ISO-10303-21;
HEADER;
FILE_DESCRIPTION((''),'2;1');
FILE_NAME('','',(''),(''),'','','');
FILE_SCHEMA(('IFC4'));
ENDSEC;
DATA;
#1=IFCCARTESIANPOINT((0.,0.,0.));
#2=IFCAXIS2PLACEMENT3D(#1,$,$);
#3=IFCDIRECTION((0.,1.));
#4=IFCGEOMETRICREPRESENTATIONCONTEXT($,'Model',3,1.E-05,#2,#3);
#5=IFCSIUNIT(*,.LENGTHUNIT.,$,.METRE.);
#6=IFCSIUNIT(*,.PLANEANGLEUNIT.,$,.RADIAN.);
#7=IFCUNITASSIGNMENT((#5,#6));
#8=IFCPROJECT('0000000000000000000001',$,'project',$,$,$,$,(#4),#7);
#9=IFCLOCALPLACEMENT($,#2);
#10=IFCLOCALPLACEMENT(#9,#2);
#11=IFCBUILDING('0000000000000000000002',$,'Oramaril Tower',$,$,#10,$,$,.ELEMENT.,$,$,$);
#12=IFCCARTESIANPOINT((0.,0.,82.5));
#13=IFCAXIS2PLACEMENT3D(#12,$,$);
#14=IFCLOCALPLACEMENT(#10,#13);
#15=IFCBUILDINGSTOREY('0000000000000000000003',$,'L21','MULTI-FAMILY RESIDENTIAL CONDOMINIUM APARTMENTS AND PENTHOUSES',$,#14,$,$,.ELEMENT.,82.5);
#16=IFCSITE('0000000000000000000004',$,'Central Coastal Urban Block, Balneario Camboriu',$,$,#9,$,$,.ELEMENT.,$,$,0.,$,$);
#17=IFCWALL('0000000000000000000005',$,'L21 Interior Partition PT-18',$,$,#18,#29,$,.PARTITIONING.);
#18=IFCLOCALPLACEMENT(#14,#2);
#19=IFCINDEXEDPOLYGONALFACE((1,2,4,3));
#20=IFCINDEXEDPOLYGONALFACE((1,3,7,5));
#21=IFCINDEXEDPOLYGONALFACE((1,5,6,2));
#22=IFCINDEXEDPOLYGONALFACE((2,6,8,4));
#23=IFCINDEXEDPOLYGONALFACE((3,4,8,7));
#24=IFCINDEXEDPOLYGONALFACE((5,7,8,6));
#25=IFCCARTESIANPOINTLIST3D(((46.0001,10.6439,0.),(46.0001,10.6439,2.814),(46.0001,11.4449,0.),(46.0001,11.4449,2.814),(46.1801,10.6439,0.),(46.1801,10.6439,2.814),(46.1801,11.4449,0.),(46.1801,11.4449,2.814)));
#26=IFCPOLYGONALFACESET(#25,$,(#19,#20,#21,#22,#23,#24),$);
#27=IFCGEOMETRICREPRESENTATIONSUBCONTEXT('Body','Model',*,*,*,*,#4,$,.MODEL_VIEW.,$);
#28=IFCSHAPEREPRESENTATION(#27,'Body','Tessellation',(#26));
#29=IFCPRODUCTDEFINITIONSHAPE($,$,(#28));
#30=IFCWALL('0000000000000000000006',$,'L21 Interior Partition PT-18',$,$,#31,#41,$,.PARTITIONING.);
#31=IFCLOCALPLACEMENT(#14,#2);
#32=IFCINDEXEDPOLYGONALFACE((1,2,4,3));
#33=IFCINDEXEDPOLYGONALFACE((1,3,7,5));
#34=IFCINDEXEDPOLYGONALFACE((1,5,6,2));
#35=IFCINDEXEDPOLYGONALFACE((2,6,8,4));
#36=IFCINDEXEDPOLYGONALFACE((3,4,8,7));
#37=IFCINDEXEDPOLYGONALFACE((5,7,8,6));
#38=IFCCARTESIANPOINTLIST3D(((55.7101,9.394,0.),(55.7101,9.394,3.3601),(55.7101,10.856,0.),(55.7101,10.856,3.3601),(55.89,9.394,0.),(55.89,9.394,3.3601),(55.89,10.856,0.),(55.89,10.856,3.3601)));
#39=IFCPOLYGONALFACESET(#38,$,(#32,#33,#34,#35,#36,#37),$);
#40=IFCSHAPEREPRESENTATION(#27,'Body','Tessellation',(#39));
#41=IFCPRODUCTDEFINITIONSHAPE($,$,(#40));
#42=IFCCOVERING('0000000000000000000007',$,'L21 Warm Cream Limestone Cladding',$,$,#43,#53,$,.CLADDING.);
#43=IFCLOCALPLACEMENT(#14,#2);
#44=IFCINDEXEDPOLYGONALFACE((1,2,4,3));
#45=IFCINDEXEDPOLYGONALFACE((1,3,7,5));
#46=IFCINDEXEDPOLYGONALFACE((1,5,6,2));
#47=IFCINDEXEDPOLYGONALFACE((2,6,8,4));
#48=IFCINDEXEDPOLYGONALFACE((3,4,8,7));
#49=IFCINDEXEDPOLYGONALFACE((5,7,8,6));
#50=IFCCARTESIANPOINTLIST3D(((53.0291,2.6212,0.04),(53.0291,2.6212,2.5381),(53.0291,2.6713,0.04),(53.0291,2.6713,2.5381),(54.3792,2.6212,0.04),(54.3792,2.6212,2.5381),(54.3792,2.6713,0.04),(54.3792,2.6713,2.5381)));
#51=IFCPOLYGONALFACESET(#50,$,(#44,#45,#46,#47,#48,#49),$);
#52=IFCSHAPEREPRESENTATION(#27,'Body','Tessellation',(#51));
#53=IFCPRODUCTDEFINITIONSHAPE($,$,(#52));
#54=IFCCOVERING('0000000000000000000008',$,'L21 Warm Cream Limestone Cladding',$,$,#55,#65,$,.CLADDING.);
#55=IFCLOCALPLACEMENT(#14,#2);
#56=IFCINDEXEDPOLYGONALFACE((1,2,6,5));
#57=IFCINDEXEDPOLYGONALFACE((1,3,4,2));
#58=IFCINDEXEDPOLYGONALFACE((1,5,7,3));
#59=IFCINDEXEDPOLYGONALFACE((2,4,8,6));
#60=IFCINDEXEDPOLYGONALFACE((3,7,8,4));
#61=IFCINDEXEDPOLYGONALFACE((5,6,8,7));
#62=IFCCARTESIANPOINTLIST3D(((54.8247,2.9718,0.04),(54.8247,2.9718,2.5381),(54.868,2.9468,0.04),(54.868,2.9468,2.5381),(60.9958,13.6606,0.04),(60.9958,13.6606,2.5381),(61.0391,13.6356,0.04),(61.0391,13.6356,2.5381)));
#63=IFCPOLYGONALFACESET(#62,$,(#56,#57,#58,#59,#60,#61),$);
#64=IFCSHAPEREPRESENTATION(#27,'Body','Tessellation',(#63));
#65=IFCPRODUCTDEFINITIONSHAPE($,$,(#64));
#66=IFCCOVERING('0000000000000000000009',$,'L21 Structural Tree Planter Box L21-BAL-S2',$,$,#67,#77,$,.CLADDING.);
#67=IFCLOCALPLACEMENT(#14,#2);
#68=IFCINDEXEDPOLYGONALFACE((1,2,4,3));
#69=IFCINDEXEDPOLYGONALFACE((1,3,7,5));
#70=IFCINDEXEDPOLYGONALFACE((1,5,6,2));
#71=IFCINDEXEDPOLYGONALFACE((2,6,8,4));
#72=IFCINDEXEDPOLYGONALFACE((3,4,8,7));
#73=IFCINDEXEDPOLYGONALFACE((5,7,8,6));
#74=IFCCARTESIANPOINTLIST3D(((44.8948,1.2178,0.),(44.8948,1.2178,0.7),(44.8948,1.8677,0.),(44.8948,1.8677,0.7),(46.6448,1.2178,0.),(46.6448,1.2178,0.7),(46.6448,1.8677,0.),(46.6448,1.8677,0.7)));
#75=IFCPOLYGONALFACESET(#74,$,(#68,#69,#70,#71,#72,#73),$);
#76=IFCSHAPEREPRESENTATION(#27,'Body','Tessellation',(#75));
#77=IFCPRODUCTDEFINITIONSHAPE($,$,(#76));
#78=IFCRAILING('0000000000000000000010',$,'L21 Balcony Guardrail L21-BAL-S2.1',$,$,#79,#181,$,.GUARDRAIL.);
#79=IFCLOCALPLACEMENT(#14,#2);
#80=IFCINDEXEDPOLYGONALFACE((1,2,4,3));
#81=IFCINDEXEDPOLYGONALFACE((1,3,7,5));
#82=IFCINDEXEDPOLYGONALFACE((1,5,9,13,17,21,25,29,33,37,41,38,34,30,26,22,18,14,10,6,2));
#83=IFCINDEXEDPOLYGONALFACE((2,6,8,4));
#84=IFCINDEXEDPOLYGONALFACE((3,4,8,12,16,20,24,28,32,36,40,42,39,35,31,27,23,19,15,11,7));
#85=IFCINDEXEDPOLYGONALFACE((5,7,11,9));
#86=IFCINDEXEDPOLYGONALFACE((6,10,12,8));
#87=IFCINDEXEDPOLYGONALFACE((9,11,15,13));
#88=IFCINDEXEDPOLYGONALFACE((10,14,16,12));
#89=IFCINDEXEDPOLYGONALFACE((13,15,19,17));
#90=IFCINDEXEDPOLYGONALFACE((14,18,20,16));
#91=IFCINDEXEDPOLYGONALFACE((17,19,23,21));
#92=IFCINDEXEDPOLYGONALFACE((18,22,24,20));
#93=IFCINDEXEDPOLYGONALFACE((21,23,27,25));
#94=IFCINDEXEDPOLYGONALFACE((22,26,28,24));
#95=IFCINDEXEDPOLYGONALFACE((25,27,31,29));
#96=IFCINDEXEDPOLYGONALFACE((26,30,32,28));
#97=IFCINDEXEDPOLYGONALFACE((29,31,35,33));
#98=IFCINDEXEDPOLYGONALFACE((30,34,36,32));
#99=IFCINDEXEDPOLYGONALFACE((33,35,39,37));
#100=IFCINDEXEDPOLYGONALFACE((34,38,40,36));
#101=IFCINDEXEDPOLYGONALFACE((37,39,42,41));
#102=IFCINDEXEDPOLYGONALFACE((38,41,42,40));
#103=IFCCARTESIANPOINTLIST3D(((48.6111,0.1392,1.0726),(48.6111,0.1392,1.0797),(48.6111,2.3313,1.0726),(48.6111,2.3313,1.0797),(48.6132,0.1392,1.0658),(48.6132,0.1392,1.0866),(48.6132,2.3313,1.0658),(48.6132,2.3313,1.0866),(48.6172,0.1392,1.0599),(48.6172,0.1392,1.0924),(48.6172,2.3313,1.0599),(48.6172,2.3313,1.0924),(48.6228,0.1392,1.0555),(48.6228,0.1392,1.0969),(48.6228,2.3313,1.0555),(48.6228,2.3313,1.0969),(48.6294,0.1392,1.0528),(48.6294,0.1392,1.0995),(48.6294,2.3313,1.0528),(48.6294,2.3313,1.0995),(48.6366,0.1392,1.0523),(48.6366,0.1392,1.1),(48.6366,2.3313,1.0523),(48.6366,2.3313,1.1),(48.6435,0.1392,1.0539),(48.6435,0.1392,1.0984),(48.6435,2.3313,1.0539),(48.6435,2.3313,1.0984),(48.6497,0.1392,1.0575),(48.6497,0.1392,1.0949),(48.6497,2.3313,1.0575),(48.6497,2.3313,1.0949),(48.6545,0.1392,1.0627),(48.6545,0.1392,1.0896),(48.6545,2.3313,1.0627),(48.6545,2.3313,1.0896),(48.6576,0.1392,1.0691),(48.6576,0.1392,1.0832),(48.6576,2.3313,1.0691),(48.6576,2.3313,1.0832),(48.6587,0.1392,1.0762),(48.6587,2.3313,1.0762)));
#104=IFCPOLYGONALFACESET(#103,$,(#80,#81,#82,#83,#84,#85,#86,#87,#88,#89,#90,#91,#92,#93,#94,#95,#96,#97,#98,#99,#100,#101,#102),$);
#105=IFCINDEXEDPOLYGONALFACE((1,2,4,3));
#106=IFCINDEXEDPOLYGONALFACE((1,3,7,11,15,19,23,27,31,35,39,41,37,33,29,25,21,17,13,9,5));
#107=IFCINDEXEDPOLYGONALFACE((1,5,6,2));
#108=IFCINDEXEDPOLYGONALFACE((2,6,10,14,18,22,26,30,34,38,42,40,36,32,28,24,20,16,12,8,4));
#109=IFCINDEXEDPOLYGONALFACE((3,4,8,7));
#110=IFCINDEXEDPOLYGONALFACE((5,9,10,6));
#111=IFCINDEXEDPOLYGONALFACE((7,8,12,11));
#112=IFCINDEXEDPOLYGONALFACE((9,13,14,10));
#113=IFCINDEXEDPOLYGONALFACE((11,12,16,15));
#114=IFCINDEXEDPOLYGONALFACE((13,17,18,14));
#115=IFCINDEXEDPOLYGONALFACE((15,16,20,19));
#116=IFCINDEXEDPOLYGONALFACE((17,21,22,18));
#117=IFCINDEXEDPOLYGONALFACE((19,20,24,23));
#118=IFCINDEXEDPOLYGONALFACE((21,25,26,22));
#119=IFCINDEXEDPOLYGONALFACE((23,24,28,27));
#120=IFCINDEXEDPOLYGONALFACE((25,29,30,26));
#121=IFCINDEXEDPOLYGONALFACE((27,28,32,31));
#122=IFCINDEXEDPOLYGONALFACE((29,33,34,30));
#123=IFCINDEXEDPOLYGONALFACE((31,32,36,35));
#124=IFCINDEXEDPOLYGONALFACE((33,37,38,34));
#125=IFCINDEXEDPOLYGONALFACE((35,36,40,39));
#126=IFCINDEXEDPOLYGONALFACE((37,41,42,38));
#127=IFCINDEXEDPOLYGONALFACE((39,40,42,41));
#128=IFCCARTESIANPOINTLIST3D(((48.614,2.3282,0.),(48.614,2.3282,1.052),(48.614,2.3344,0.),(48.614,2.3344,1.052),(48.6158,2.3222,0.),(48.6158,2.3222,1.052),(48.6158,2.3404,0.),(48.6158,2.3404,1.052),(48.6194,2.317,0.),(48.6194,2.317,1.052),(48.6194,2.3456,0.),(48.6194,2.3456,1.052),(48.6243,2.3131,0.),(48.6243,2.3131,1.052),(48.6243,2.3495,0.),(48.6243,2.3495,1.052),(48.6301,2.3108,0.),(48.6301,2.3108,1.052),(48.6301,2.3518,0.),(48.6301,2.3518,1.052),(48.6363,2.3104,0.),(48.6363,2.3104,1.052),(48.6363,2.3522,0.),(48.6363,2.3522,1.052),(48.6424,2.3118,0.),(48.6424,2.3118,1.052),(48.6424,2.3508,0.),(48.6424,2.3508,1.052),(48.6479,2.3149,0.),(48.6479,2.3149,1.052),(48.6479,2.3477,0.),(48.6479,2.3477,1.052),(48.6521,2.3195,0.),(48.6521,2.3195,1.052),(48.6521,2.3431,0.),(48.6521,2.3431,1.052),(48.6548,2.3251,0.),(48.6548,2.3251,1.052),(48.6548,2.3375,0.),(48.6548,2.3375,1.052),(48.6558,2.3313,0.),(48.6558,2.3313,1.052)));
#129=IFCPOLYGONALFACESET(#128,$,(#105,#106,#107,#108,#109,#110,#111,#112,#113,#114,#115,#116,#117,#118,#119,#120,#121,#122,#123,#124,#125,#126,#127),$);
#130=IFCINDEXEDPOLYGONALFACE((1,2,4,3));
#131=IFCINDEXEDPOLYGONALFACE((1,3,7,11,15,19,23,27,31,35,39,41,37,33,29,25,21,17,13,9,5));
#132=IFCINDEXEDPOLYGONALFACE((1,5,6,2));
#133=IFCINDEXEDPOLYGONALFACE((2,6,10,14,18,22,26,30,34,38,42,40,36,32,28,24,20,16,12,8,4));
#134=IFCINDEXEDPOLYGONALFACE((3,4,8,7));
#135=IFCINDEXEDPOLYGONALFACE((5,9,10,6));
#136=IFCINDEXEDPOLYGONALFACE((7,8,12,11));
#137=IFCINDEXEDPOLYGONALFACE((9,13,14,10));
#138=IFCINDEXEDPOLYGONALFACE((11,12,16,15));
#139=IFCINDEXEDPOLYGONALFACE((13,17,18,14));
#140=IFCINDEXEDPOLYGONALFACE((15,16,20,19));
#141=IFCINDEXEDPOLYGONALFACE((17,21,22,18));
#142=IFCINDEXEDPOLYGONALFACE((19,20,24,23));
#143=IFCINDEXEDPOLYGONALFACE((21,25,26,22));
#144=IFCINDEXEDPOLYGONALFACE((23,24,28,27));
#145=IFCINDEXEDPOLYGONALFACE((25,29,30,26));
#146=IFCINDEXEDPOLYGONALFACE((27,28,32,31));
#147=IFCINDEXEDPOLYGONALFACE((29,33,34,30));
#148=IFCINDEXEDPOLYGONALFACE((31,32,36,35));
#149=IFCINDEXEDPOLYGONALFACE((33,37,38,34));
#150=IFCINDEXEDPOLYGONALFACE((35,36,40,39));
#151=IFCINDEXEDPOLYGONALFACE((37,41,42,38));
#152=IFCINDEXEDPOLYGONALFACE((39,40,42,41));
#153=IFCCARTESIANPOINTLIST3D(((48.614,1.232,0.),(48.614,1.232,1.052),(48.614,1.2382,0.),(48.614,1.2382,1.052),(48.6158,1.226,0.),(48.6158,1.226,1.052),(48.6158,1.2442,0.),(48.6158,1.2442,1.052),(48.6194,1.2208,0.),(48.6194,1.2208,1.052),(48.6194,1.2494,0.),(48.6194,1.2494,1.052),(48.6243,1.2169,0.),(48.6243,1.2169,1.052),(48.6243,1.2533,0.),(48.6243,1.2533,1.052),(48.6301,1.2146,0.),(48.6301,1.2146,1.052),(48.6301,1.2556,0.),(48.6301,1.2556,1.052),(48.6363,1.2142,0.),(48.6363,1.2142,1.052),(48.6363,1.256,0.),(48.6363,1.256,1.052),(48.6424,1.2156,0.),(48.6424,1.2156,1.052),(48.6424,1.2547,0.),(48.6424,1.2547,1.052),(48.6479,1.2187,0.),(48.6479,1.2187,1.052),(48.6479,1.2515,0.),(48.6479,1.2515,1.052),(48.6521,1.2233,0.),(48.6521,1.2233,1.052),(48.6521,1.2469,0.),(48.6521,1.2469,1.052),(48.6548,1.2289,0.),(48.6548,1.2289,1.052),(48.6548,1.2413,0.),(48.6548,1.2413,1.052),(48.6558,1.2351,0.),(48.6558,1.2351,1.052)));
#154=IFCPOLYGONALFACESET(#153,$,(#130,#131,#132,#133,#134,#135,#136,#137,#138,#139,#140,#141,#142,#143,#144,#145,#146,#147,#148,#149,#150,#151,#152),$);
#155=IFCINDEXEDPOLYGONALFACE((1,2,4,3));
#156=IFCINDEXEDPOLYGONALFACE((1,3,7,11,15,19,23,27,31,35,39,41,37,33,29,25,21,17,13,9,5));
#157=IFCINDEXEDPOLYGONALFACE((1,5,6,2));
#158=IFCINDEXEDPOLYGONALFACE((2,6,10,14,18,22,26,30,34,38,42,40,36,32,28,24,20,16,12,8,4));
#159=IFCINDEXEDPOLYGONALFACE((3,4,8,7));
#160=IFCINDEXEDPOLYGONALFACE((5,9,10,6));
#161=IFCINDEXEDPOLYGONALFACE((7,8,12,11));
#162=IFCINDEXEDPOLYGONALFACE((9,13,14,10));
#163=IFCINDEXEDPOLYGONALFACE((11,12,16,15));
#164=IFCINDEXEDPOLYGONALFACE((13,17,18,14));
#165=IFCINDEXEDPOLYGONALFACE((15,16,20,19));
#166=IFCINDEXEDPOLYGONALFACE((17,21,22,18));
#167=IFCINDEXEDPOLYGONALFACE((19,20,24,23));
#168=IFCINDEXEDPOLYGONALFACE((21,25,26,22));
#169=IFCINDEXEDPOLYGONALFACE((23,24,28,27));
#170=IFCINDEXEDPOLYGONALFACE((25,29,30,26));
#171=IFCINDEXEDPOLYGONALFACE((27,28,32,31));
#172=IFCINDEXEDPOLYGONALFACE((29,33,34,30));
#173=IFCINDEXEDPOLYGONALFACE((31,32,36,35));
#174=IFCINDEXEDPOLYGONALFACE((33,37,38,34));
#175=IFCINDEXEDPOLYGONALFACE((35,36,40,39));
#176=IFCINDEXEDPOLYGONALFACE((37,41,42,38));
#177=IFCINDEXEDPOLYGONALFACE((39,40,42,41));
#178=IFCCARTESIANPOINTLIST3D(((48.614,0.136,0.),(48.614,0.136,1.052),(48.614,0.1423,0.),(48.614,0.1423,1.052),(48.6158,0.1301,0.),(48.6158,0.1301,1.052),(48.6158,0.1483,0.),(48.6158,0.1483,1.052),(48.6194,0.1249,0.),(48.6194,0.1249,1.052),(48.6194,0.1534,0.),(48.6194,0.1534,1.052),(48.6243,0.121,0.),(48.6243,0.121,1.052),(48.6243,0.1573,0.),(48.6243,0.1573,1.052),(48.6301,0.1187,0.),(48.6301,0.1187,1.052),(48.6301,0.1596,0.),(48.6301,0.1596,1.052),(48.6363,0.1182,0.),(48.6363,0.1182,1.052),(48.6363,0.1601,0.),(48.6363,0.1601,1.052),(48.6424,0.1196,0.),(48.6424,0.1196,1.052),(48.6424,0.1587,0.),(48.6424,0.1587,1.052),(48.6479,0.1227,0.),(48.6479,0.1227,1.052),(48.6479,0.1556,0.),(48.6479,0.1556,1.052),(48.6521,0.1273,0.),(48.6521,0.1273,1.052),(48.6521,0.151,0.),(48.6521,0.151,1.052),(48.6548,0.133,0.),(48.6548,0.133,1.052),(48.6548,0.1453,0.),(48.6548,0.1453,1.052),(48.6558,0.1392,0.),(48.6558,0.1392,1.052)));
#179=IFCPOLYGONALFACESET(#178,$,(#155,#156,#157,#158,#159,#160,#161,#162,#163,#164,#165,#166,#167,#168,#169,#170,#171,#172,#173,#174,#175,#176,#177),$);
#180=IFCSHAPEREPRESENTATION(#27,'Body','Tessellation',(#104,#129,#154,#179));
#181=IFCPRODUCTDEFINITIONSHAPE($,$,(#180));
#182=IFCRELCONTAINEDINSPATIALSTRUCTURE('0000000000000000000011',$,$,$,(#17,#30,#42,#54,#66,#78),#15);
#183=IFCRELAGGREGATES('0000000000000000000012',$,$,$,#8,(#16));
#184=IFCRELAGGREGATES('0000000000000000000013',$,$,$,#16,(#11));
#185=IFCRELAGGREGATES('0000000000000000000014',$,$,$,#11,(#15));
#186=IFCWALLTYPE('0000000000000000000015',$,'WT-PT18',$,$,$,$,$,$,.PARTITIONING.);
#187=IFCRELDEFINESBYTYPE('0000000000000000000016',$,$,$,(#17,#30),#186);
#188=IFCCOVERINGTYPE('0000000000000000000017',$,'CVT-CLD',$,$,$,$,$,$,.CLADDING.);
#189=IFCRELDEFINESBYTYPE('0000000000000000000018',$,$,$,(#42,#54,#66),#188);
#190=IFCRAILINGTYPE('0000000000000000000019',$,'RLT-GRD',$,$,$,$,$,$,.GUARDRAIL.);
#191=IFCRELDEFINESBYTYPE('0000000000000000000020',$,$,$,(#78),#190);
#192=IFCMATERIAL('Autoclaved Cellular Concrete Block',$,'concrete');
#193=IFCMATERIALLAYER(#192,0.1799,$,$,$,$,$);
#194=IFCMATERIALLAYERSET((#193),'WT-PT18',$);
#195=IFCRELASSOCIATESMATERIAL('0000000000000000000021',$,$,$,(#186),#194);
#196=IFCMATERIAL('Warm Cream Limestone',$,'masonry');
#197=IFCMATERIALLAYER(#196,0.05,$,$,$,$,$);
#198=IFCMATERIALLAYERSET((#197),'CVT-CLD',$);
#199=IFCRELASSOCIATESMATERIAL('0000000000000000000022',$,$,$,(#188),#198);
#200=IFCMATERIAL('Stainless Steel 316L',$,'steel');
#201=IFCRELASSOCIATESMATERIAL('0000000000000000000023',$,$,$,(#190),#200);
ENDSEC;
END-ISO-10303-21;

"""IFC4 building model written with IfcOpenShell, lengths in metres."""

from ifc_helpers import new_model, si_unit, direction, frame, frame_2d, origin, origin_2d, place, context, subcontext, project, spatial, rectangle, circle, extrude, material, layer, layer_set, type_object, element, save


model = new_model("IFC4")

# Units and contexts
model_context = context("Model", 3, precision=1e-05, world=origin(), true_north=direction((0.0, 1.0)))
body_context = subcontext(model_context, "Body", "Model", "MODEL_VIEW")
ifc_project = project(units=[si_unit("LENGTHUNIT", "METRE"), si_unit("PLANEANGLEUNIT", "RADIAN")], contexts=[model_context])

# Site, building, storey
site_placement = place(None, origin())
site = spatial("IfcSite", under=ifc_project, at=site_placement, Name="Central Coastal Urban Block, Balneario Camboriu", CompositionType="ELEMENT", RefElevation=0.0)
building_placement = place(site_placement, origin())
building = spatial("IfcBuilding", under=site, at=building_placement, Name="Oramaril Tower", CompositionType="ELEMENT")
storey_placement = place(building_placement, frame((0.0, 0.0, 82.5)))
storey = spatial("IfcBuildingStorey", under=building, at=storey_placement, Name="L21", Description="MULTI-FAMILY RESIDENTIAL CONDOMINIUM APARTMENTS AND PENTHOUSES", CompositionType="ELEMENT", Elevation=82.5)

# Walls
ifc_material_1 = material(Name="Autoclaved Cellular Concrete Block", Category="concrete")
ifc_layer_1 = layer(ifc_material_1, 0.1799)
ifc_layer_set_1 = layer_set([ifc_layer_1], Name="WT-PT18")
wall_type_1 = type_object("IfcWallType", Name="WT-PT18", PredefinedType="PARTITIONING", material=ifc_layer_set_1)
wall_1_placement = place(storey_placement, frame((46.0901, 10.644, 0.0), z_axis=(0.0, 0.0, 1.0), x_axis=(0.0, 1.0, 0.0)))
element("IfcWall", 1, at=wall_1_placement, inside=storey, type_object=wall_type_1, Name="L21 Interior Partition PT-18", PredefinedType="PARTITIONING", context=body_context, shape_type="SweptSolid", body=[
    extrude(rectangle(XDim=0.801, YDim=0.1799, at=frame_2d((0.4004, 0.0))), origin(), (0.0, 0.0, 1.0), 2.814),
])
wall_2_placement = place(storey_placement, frame((55.8, 9.394, 0.0), z_axis=(0.0, 0.0, 1.0), x_axis=(0.0, 1.0, 0.0)))
element("IfcWall", 2, at=wall_2_placement, inside=storey, type_object=wall_type_1, Name="L21 Interior Partition PT-18", PredefinedType="PARTITIONING", context=body_context, shape_type="SweptSolid", body=[
    extrude(rectangle(XDim=1.4619, YDim=0.1799, at=frame_2d((0.731, 0.0))), origin(), (0.0, 0.0, 1.0), 3.3601),
])

# Coverings
ifc_material_2 = material(Name="Warm Cream Limestone", Category="masonry")
ifc_layer_2 = layer(ifc_material_2, 0.05)
ifc_layer_set_2 = layer_set([ifc_layer_2], Name="CVT-CLD")
covering_type = type_object("IfcCoveringType", Name="CVT-CLD", PredefinedType="CLADDING", material=ifc_layer_set_2)
covering_1_placement = place(storey_placement, frame((53.7041, 2.6462, 0.04), z_axis=(0.0, 0.0, 1.0), x_axis=(1.0, 0.0, 0.0)))
element("IfcCovering", 3, at=covering_1_placement, inside=storey, type_object=covering_type, Name="L21 Warm Cream Limestone Cladding", PredefinedType="CLADDING", context=body_context, shape_type="SweptSolid", body=[
    extrude(rectangle(XDim=1.3501, YDim=0.05, at=origin_2d()), origin(), (0.0, 0.0, 1.0), 2.498),
])
covering_2_placement = place(storey_placement, frame((57.9319, 8.3037, 0.04), z_axis=(0.0, 0.0, 1.0), x_axis=(0.499995, 0.866028, 0.0)))
element("IfcCovering", 4, at=covering_2_placement, inside=storey, type_object=covering_type, Name="L21 Warm Cream Limestone Cladding", PredefinedType="CLADDING", context=body_context, shape_type="SweptSolid", body=[
    extrude(rectangle(XDim=12.3423, YDim=0.05, at=origin_2d()), origin(), (0.0, 0.0, 1.0), 2.498),
])
covering_3_placement = place(storey_placement, frame((45.7698, 1.5427, 0.0), z_axis=(0.0, 0.0, 1.0), x_axis=(1.0, 0.0, 0.0)))
element("IfcCovering", 5, at=covering_3_placement, inside=storey, type_object=covering_type, Name="L21 Structural Tree Planter Box L21-BAL-S2", PredefinedType="CLADDING", context=body_context, shape_type="SweptSolid", body=[
    extrude(rectangle(XDim=1.75, YDim=0.6499, at=origin_2d()), origin(), (0.0, 0.0, 1.0), 0.7),
])

# Railing
ifc_material_3 = material(Name="Stainless Steel 316L", Category="steel")
railing_type = type_object("IfcRailingType", Name="RLT-GRD", PredefinedType="GUARDRAIL", material=ifc_material_3)
railing_1_placement = place(storey_placement, frame((48.6348, 2.3313, 0.0)))
element("IfcRailing", 6, at=railing_1_placement, inside=storey, type_object=railing_type, Name="L21 Balcony Guardrail L21-BAL-S2.1", PredefinedType="GUARDRAIL", context=body_context, shape_type="SweptSolid", body=[
    extrude(circle(Radius=0.0239, at=origin_2d()), frame((0.0, 0.0, 1.0762), z_axis=(0.0, -1.0, 0.0), x_axis=(1.0, 0.0, 0.0)), (0.0, 0.0, 1.0), 2.1921),
    extrude(circle(Radius=0.021, at=origin_2d()), origin(), (0.0, 0.0, 1.0), 1.052),
    extrude(circle(Radius=0.021, at=origin_2d()), frame((0.0, -1.0962, 0.0)), (0.0, 0.0, 1.0), 1.052),
    extrude(circle(Radius=0.021, at=origin_2d()), frame((0.0, -2.1921, 0.0)), (0.0, 0.0, 1.0), 1.052),
])

save(model, "model.ifc")
